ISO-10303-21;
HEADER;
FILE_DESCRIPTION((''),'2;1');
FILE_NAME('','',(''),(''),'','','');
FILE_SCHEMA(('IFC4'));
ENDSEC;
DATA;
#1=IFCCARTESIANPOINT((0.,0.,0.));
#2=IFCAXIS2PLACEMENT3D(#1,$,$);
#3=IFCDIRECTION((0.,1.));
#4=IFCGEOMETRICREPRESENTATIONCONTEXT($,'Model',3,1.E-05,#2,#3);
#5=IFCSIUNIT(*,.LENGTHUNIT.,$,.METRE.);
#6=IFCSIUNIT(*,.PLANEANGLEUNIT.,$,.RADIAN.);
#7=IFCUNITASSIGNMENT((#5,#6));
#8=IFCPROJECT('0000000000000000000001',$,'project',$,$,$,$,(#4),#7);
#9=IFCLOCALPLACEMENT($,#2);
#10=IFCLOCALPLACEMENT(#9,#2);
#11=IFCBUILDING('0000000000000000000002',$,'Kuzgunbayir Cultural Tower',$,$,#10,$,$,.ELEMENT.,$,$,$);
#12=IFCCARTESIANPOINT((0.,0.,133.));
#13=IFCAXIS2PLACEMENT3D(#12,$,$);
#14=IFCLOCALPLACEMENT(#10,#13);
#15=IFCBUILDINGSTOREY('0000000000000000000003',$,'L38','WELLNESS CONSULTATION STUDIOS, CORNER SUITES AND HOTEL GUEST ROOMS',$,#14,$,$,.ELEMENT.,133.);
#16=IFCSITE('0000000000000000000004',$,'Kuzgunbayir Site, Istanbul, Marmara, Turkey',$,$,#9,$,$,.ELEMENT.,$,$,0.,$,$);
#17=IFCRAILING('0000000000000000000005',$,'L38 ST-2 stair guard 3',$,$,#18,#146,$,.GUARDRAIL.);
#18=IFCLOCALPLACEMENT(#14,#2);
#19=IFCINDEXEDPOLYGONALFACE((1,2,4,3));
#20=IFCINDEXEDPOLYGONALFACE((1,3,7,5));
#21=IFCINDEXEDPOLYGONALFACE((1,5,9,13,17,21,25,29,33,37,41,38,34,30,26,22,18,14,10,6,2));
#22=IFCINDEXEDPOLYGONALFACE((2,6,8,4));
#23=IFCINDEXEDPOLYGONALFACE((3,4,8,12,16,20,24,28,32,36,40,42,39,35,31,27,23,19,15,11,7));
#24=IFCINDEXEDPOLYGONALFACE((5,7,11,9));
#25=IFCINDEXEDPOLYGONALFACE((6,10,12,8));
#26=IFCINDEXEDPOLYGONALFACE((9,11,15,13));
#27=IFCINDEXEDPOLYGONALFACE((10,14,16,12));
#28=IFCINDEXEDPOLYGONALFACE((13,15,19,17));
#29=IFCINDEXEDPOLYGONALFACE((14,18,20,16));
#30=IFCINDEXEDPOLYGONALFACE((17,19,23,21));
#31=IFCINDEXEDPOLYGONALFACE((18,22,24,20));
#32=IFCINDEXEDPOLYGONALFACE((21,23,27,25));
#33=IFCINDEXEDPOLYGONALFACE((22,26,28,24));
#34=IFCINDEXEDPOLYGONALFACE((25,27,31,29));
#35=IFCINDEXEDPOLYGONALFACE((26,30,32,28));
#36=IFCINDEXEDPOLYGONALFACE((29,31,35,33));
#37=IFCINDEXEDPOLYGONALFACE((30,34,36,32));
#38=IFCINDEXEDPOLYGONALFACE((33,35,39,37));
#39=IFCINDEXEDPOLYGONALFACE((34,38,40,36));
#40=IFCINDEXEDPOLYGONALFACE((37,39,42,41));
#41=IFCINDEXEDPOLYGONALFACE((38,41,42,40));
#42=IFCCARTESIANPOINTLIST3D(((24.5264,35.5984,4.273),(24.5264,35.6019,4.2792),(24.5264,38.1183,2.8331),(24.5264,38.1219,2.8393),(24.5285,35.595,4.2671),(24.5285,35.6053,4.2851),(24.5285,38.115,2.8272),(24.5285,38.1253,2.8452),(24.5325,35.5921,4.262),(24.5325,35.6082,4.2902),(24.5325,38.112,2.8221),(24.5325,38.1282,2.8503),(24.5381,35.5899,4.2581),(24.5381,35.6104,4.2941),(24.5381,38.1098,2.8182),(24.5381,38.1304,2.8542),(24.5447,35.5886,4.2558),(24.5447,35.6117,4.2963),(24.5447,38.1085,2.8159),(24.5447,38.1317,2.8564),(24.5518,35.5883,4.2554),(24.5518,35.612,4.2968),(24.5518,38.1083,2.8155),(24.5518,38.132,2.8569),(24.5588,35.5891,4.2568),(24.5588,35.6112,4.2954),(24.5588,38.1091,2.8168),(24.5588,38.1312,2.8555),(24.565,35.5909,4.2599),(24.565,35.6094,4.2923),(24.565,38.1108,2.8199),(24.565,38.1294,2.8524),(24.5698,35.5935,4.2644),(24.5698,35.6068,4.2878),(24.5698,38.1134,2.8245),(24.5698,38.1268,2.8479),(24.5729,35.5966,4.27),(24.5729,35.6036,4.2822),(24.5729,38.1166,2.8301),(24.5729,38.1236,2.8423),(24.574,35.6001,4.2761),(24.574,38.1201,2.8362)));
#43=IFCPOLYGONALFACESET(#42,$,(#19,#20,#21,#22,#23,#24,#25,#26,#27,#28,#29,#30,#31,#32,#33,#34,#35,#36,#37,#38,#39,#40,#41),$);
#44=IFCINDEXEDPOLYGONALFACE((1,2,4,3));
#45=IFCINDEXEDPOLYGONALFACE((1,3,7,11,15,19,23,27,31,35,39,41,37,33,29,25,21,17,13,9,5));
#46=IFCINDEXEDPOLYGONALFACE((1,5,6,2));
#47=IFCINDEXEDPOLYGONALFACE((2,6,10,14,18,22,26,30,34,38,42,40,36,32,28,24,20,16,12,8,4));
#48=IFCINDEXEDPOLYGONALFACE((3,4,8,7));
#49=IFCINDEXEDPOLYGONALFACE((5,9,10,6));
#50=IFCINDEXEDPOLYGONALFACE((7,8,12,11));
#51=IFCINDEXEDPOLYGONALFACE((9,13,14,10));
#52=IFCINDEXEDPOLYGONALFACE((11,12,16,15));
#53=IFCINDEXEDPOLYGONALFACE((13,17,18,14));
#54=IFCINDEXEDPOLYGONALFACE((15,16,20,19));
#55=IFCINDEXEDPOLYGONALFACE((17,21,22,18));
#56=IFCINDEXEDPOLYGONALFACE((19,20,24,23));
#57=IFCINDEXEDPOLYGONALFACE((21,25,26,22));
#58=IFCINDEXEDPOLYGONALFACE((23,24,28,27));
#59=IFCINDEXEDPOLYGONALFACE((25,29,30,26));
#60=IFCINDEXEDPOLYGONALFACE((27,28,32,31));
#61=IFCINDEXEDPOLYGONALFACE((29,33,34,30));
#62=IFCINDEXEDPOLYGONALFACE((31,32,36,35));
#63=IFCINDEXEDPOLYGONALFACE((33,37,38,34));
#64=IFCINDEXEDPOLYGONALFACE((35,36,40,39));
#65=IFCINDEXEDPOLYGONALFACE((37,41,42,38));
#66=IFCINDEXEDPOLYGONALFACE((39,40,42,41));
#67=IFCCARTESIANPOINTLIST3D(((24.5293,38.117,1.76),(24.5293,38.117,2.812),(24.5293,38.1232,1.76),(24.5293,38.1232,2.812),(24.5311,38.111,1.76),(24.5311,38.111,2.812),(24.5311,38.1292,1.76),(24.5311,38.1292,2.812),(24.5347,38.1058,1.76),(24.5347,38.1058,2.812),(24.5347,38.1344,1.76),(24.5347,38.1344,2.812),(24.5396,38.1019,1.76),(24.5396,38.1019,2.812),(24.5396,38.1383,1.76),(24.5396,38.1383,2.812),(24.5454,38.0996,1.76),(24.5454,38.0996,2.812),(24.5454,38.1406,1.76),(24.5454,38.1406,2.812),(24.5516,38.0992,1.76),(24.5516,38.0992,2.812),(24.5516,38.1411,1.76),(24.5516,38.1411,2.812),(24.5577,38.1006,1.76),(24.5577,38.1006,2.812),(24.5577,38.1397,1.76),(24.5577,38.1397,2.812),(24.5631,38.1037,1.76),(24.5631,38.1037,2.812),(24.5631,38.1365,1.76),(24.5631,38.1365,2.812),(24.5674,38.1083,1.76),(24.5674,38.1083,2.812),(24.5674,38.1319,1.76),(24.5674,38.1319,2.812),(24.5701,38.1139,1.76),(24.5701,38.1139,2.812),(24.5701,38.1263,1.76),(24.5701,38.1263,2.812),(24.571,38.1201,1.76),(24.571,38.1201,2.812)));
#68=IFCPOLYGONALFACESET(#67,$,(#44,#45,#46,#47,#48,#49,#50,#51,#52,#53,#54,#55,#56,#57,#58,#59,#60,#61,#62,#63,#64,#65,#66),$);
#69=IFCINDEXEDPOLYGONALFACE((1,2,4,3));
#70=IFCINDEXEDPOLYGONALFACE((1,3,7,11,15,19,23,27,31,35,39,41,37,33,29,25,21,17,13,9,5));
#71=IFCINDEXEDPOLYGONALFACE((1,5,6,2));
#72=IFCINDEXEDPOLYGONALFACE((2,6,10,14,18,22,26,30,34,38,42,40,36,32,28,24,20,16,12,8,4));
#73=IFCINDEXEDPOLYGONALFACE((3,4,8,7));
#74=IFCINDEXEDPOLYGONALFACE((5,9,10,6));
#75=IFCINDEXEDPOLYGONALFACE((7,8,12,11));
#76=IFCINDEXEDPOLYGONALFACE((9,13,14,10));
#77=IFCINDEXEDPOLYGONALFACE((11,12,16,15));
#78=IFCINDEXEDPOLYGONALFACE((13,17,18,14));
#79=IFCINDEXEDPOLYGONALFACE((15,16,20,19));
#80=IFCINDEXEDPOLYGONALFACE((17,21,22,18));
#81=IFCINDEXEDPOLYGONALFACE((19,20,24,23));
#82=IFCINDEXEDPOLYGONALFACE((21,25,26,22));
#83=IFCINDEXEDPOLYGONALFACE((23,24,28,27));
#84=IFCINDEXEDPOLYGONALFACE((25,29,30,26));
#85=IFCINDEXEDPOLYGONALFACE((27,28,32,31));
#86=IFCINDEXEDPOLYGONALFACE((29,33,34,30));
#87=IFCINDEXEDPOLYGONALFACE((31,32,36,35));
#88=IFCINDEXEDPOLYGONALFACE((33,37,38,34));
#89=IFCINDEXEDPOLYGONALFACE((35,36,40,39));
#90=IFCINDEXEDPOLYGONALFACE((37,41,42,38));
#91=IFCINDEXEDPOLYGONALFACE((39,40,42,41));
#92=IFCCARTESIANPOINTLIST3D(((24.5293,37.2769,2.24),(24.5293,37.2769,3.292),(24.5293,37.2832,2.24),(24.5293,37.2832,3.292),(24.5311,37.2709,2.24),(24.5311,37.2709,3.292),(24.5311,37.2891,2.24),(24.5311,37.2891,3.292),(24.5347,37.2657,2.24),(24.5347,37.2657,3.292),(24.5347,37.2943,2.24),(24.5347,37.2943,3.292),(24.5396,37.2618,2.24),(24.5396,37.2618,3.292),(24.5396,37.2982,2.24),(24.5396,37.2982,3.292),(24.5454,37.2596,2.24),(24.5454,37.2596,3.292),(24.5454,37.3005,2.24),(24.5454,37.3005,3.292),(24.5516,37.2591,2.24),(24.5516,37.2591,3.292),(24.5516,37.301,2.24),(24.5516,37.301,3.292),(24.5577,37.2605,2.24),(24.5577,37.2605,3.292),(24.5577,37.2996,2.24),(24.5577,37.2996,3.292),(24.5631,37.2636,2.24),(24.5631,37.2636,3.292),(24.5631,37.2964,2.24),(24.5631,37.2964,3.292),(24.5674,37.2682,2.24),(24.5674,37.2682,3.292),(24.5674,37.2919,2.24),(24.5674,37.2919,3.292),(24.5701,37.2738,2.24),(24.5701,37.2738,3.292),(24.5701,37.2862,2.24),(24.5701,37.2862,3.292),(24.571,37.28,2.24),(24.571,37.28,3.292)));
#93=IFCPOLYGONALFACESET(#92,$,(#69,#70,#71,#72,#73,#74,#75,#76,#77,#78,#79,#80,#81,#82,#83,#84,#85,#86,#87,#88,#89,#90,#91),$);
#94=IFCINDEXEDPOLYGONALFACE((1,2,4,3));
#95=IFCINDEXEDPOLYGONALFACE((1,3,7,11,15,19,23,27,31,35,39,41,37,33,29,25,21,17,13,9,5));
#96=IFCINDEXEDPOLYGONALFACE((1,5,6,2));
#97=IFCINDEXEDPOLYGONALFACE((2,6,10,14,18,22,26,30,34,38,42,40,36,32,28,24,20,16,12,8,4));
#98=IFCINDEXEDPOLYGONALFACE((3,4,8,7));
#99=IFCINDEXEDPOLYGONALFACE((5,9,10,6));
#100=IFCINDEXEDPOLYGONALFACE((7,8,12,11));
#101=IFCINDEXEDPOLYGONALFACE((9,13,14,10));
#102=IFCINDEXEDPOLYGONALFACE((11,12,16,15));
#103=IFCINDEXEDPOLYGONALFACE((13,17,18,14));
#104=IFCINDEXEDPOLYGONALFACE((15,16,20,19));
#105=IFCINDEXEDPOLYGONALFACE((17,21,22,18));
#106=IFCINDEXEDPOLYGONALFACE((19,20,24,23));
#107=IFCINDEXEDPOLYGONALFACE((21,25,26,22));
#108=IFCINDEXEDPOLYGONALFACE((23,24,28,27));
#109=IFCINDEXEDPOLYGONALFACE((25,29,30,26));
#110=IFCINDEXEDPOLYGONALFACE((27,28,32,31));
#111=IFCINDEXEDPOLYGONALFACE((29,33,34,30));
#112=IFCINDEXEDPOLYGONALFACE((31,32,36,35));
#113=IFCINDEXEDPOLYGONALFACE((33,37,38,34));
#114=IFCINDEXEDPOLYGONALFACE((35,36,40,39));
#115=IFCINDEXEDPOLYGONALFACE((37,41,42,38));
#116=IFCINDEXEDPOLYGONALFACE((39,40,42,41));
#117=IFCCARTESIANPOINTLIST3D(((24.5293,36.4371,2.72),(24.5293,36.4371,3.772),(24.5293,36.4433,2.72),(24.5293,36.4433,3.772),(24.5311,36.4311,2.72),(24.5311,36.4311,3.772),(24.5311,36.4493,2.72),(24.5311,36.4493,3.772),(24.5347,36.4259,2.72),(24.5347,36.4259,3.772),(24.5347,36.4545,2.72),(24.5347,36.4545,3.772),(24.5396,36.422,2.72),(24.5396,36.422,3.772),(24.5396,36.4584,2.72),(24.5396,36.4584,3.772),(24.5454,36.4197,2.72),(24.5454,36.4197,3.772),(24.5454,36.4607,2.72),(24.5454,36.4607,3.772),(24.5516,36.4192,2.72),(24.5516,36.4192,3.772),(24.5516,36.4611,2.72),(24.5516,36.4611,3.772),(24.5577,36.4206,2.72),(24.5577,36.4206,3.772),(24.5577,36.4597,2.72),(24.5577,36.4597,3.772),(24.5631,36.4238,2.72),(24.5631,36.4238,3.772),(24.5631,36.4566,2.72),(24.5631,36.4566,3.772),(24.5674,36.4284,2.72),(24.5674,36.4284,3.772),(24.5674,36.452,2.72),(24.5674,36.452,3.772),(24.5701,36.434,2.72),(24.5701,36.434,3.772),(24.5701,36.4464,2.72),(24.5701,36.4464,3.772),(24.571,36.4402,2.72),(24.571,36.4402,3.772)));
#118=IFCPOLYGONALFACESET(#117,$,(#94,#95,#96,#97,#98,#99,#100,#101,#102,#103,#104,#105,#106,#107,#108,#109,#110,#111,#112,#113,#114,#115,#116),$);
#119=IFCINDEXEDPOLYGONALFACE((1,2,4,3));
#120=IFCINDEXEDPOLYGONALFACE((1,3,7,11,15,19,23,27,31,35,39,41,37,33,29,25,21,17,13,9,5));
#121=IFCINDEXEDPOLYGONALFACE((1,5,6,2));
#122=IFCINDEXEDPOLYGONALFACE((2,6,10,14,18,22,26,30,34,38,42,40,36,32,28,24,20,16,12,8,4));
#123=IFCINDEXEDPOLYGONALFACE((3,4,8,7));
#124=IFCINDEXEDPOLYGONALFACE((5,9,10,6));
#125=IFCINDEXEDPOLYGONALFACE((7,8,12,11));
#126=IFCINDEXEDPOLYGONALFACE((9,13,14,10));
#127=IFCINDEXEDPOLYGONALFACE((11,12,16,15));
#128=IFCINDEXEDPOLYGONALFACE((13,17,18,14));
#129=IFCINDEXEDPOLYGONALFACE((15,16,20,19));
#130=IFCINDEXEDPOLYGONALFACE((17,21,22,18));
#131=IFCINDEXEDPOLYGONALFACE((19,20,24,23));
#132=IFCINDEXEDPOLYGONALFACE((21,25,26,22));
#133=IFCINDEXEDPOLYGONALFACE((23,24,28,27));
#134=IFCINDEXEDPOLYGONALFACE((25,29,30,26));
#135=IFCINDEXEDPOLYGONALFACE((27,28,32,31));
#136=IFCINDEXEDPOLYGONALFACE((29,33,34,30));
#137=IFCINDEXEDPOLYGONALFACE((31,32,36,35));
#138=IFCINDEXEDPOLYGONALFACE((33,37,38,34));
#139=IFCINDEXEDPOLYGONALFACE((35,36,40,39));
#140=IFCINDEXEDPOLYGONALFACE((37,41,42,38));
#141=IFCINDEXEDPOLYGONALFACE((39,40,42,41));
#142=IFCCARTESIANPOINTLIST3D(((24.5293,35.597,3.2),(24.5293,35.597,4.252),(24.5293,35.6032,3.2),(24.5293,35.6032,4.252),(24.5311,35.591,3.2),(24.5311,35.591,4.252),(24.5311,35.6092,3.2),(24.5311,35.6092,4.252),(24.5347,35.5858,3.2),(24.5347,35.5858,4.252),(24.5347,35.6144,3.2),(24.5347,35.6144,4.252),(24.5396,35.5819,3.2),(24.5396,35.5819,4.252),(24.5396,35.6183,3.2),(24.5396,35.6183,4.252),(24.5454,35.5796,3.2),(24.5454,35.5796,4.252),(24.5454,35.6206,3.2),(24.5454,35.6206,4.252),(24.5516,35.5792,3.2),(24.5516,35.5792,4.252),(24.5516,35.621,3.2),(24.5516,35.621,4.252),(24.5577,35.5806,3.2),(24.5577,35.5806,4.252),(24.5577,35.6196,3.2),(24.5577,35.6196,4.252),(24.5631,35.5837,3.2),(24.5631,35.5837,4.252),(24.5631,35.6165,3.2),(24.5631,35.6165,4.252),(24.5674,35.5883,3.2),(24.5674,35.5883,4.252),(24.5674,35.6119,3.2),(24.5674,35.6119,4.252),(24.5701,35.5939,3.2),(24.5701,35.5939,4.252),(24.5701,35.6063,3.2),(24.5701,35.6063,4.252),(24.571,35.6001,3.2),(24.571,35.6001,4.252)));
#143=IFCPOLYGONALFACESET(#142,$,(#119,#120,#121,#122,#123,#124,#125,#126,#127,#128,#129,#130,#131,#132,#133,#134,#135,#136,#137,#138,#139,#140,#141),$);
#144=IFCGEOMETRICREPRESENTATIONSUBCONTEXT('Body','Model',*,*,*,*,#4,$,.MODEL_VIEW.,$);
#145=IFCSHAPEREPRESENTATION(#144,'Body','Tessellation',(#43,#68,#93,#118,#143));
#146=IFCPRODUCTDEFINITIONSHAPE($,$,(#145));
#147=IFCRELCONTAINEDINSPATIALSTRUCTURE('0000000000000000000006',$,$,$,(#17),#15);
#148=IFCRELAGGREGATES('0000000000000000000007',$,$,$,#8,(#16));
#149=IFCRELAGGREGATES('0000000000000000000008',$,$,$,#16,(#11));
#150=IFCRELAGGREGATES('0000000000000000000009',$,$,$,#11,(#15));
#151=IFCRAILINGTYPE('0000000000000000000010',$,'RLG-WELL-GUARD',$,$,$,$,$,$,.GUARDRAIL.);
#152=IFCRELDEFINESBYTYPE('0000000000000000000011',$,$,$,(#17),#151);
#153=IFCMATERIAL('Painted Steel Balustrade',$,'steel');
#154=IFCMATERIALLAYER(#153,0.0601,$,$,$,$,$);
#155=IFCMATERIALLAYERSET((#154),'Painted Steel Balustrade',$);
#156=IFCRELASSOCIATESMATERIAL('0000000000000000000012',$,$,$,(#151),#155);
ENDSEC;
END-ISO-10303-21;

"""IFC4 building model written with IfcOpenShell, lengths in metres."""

from ifc_helpers import new_model, si_unit, direction, frame, origin, origin_2d, place, context, subcontext, project, spatial, circle, extrude, material, layer, layer_set, type_object, element, save


model = new_model("IFC4")

# Units and contexts
model_context = context("Model", 3, precision=1e-05, world=origin(), true_north=direction((0.0, 1.0)))
body_context = subcontext(model_context, "Body", "Model", "MODEL_VIEW")
ifc_project = project(units=[si_unit("LENGTHUNIT", "METRE"), si_unit("PLANEANGLEUNIT", "RADIAN")], contexts=[model_context])

# Site, building, storey
site_placement = place(None, origin())
site = spatial("IfcSite", under=ifc_project, at=site_placement, Name="Kuzgunbayir Site, Istanbul, Marmara, Turkey", CompositionType="ELEMENT", RefElevation=0.0)
building_placement = place(site_placement, origin())
building = spatial("IfcBuilding", under=site, at=building_placement, Name="Kuzgunbayir Cultural Tower", CompositionType="ELEMENT")
storey_placement = place(building_placement, frame((0.0, 0.0, 133.0)))
storey = spatial("IfcBuildingStorey", under=building, at=storey_placement, Name="L38", Description="WELLNESS CONSULTATION STUDIOS, CORNER SUITES AND HOTEL GUEST ROOMS", CompositionType="ELEMENT", Elevation=133.0)

# Railing
ifc_material_1 = material(Name="Painted Steel Balustrade", Category="steel")
ifc_layer_1 = layer(ifc_material_1, 0.0601)
ifc_layer_set_1 = layer_set([ifc_layer_1], Name="Painted Steel Balustrade")
railing_type_1 = type_object("IfcRailingType", Name="RLG-WELL-GUARD", PredefinedType="GUARDRAIL", material=ifc_layer_set_1)
railing_1_placement = place(storey_placement, frame((24.55, 38.1201, 1.76)))
element("IfcRailing", 1, at=railing_1_placement, inside=storey, type_object=railing_type_1, Name="L38 ST-2 stair guard 3", PredefinedType="GUARDRAIL", context=body_context, shape_type="SweptSolid", body=[
    extrude(circle(Radius=0.0239, at=origin_2d()), frame((0.0, 0.0, 1.0762), z_axis=(0.0, -0.868253, 0.496121), x_axis=(1.0, 0.0, 0.0)), (0.0, 0.0, 1.0), 2.9023),
    extrude(circle(Radius=0.021, at=origin_2d()), origin(), (0.0, 0.0, 1.0), 1.052),
    extrude(circle(Radius=0.021, at=origin_2d()), frame((0.0, -0.8401, 0.48)), (0.0, 0.0, 1.0), 1.052),
    extrude(circle(Radius=0.021, at=origin_2d()), frame((0.0, -1.6799, 0.96)), (0.0, 0.0, 1.0), 1.052),
    extrude(circle(Radius=0.021, at=origin_2d()), frame((0.0, -2.52, 1.4399)), (0.0, 0.0, 1.0), 1.052),
])

save(model, "model.ifc")
